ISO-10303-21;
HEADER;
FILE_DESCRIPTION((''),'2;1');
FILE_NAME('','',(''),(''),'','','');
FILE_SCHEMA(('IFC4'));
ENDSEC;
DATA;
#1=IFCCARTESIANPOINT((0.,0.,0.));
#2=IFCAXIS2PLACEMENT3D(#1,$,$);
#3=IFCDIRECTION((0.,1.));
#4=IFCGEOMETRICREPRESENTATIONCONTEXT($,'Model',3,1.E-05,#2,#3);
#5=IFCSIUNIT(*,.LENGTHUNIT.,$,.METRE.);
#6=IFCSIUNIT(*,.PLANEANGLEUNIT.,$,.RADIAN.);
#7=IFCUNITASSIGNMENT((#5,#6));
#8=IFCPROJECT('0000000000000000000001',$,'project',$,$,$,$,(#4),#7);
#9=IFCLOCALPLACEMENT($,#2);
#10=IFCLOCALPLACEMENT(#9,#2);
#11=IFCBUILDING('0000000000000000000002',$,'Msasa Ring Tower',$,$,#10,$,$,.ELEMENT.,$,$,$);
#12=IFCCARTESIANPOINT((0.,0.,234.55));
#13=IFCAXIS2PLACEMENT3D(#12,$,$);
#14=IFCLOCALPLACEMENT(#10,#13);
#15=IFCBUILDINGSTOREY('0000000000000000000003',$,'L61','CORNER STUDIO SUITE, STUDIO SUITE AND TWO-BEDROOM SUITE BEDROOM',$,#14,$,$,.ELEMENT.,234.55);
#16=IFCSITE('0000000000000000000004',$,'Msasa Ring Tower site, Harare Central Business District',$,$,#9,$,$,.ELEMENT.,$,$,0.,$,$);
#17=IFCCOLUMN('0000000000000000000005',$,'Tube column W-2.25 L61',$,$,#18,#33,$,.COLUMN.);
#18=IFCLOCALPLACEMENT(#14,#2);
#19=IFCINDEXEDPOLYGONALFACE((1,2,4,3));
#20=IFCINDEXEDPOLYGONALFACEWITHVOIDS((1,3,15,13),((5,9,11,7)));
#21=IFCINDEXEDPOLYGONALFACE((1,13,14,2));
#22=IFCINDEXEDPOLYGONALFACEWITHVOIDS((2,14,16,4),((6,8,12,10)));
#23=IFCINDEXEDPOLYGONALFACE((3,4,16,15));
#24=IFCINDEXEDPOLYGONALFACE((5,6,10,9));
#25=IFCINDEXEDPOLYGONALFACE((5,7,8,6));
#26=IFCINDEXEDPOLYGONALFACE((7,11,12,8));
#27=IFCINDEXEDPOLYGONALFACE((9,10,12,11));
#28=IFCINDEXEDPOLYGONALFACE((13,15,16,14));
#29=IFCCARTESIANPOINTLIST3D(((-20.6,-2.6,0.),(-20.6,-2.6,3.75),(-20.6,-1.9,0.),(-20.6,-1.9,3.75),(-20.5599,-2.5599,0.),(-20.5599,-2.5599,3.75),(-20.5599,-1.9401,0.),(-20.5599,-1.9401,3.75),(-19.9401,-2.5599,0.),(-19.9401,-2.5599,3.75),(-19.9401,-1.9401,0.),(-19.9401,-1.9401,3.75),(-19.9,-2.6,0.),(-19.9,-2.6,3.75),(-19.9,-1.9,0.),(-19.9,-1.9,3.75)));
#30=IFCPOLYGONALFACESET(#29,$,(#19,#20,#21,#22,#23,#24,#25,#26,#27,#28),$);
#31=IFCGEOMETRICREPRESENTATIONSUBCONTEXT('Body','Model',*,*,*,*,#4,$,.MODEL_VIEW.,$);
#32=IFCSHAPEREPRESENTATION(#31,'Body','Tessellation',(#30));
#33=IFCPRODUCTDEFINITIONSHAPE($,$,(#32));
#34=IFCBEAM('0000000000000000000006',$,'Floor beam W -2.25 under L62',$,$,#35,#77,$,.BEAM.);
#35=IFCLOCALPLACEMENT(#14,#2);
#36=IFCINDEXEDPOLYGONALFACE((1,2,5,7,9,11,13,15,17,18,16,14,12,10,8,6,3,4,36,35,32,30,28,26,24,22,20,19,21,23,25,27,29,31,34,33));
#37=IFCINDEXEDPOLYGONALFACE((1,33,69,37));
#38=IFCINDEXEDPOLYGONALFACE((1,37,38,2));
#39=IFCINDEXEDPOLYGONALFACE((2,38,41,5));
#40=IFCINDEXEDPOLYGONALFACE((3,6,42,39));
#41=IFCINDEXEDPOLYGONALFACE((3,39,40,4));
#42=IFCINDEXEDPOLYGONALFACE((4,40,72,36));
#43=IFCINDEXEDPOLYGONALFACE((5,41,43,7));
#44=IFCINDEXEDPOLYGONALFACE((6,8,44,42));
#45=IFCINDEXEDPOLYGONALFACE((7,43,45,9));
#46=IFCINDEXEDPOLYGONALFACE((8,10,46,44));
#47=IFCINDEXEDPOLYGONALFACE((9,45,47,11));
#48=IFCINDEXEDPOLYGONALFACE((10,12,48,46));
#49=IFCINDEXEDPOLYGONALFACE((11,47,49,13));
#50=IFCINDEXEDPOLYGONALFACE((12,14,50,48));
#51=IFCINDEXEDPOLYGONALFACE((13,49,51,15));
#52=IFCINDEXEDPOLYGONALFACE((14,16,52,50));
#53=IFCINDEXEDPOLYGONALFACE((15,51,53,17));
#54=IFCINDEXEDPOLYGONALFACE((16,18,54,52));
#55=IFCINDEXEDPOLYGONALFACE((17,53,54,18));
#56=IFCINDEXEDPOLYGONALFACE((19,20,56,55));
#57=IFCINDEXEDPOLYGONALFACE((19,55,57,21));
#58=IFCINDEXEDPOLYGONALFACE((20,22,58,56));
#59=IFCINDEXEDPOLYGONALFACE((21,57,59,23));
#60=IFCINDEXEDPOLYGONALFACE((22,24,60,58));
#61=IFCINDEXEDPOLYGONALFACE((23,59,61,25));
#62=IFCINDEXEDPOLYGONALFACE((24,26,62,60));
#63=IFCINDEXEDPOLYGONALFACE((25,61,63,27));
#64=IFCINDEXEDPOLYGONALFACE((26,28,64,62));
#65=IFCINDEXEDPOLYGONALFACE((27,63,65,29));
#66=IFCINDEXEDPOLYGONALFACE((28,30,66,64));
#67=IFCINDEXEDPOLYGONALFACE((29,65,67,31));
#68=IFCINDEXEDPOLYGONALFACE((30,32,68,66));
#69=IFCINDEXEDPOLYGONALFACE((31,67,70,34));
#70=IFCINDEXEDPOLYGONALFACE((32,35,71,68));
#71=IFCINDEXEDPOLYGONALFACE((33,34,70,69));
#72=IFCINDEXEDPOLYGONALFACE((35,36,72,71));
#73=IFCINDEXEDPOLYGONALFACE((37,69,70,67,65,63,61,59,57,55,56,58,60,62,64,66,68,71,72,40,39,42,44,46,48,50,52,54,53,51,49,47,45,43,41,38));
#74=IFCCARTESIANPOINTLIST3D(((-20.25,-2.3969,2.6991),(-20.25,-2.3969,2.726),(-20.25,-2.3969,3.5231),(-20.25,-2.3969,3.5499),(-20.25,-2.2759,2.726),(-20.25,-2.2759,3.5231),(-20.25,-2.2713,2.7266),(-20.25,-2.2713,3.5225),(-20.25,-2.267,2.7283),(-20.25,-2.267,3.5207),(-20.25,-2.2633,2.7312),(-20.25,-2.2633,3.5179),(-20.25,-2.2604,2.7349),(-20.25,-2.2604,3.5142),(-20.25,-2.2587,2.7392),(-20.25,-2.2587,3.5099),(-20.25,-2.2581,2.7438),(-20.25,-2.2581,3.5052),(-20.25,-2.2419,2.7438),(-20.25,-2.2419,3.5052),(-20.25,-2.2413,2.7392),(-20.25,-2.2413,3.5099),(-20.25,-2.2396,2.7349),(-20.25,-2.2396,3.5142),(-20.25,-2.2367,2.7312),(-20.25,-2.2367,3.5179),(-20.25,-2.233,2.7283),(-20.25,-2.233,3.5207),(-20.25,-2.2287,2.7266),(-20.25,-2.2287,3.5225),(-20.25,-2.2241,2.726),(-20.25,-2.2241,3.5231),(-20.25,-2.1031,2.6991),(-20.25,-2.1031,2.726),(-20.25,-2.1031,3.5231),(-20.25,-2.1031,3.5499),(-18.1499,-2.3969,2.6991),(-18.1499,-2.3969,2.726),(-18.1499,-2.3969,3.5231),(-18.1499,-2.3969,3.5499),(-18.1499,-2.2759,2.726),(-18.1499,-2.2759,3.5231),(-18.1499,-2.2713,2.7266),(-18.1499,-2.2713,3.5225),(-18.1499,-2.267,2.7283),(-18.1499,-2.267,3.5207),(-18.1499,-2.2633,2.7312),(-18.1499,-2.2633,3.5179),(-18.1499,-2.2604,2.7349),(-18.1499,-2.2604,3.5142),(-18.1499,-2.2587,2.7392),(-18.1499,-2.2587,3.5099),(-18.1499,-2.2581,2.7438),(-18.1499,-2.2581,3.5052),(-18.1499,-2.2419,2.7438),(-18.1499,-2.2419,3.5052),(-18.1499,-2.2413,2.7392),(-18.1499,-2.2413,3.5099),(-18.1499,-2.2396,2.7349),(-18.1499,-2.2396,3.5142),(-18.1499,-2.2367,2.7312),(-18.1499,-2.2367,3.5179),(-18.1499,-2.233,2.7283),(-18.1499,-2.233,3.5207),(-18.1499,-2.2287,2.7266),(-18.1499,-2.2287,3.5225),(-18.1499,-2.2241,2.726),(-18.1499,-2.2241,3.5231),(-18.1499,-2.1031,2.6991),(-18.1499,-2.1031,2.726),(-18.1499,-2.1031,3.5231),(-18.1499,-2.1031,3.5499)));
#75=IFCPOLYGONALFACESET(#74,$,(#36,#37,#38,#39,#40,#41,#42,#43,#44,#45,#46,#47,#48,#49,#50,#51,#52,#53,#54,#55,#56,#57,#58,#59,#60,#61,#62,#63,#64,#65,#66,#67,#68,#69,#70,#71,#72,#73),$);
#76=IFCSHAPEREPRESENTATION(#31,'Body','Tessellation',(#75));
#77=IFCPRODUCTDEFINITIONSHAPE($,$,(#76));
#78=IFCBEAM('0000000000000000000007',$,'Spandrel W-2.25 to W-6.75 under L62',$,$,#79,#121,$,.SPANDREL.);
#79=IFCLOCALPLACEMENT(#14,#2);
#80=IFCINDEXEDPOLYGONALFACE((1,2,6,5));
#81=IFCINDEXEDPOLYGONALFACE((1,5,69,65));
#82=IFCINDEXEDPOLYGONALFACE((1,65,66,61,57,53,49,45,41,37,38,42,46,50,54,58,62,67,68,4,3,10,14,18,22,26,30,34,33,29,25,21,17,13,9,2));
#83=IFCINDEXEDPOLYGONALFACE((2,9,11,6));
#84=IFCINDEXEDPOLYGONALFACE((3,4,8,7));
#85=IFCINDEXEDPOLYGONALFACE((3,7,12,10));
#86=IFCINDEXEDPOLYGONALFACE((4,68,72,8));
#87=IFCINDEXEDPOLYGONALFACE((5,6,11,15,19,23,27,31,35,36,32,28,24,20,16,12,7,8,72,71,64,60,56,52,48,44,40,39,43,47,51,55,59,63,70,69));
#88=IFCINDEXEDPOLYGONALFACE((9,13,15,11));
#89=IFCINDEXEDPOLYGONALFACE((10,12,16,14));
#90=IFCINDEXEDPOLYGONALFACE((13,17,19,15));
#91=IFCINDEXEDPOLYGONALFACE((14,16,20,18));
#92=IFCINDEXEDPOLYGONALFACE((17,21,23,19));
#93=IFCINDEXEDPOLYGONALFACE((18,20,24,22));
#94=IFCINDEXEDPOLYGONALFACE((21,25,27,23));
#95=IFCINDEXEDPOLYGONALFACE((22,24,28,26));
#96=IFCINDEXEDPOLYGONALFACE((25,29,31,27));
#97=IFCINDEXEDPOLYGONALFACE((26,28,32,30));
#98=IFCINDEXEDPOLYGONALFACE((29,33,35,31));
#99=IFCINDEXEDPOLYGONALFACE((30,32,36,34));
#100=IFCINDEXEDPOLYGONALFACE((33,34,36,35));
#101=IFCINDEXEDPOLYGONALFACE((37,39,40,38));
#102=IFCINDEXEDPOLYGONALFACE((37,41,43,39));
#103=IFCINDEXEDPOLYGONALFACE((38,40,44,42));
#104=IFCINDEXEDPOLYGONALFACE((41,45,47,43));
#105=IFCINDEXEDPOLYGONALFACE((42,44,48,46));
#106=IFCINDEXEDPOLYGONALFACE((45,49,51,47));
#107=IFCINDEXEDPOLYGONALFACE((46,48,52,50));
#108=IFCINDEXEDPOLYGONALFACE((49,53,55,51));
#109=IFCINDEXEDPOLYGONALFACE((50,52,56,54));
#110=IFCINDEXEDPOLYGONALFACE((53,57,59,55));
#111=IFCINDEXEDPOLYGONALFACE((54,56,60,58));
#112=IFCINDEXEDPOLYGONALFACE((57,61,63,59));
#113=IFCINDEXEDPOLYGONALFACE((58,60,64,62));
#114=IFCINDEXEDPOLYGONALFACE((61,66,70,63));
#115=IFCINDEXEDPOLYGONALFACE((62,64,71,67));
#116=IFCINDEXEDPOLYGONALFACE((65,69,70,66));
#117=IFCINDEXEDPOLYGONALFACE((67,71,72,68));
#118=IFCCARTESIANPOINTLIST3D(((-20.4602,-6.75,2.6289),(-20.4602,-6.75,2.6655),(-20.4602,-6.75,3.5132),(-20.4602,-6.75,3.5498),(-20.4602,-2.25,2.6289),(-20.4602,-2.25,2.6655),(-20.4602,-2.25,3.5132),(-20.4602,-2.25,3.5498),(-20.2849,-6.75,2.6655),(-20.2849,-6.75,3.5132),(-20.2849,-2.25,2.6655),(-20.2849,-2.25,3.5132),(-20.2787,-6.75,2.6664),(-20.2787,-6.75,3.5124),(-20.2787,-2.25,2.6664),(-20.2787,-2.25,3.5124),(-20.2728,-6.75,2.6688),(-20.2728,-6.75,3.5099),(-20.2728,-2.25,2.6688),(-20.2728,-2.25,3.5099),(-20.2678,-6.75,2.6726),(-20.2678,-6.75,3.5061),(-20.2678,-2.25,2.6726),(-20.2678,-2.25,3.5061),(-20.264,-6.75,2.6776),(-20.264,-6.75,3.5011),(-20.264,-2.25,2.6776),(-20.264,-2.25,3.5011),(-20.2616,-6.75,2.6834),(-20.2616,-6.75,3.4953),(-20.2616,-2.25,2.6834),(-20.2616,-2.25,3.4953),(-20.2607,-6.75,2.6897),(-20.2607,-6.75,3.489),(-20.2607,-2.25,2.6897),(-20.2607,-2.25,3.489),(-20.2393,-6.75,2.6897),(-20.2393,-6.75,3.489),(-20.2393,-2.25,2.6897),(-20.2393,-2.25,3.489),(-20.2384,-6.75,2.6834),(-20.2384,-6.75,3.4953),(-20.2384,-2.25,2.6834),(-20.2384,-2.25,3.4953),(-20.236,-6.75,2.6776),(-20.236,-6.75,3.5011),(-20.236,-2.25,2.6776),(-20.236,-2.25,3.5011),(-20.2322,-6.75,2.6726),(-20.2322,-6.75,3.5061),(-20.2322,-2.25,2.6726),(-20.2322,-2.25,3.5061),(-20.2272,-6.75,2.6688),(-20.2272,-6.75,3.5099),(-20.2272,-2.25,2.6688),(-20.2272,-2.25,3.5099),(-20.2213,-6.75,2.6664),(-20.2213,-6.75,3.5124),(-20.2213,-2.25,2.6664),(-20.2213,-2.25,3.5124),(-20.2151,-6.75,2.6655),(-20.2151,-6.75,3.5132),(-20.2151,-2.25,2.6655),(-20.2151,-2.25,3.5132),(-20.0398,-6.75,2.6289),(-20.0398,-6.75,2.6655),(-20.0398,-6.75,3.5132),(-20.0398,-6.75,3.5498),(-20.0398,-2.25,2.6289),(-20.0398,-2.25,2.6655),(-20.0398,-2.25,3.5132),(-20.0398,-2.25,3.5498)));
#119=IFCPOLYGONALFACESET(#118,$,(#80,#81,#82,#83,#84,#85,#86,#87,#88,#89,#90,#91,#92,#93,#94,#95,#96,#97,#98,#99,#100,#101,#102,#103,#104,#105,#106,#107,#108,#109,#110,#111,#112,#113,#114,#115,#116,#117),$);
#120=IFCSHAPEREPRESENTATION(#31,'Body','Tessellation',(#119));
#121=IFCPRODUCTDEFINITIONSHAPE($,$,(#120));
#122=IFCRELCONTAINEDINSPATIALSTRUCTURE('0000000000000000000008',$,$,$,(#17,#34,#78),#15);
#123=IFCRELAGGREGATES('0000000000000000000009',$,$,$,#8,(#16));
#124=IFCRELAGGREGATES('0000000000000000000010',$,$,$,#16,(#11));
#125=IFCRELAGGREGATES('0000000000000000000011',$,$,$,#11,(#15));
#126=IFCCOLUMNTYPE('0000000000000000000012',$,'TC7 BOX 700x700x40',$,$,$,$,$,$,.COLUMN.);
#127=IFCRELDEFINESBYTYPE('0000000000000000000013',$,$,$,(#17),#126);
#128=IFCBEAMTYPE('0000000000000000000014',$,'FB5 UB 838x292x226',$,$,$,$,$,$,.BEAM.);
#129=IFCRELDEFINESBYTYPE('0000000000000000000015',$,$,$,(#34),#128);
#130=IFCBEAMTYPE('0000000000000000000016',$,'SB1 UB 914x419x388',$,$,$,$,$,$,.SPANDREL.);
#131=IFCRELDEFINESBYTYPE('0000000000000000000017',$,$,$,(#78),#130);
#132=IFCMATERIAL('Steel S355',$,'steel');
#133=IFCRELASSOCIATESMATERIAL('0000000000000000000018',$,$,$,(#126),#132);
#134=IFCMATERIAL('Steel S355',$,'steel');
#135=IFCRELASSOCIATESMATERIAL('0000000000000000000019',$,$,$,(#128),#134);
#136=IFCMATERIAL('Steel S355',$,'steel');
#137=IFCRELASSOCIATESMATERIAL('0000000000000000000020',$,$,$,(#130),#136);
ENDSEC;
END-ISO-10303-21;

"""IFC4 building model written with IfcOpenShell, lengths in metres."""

from ifc_helpers import new_model, si_unit, direction, frame, origin, origin_2d, place, context, subcontext, project, spatial, hollow_rectangle, i_section, extrude, material, material_profile, profile_set, type_object, element, save


model = new_model("IFC4")

# Units and contexts
model_context = context("Model", 3, precision=1e-05, world=origin(), true_north=direction((0.0, 1.0)))
body_context = subcontext(model_context, "Body", "Model", "MODEL_VIEW")
ifc_project = project(units=[si_unit("LENGTHUNIT", "METRE"), si_unit("PLANEANGLEUNIT", "RADIAN")], contexts=[model_context])

# Site, building, storey
site_placement = place(None, origin())
site = spatial("IfcSite", under=ifc_project, at=site_placement, Name="Msasa Ring Tower site, Harare Central Business District", CompositionType="ELEMENT", RefElevation=0.0)
building_placement = place(site_placement, origin())
building = spatial("IfcBuilding", under=site, at=building_placement, Name="Msasa Ring Tower", CompositionType="ELEMENT")
storey_placement = place(building_placement, frame((0.0, 0.0, 234.55)))
storey = spatial("IfcBuildingStorey", under=building, at=storey_placement, Name="L61", Description="CORNER STUDIO SUITE, STUDIO SUITE AND TWO-BEDROOM SUITE BEDROOM", CompositionType="ELEMENT", Elevation=234.55)

# Column
ifc_material_1 = material(Name="Steel S355", Category="steel")
ifc_material_profile_1 = material_profile(ifc_material_1, hollow_rectangle(XDim=0.7, YDim=0.7, WallThickness=0.04, at=origin_2d()), Name="BOX 700x700x40")
ifc_profile_set_1 = profile_set([ifc_material_profile_1], Name="Steel S355")
column_type = type_object("IfcColumnType", Name="TC7 BOX 700x700x40", PredefinedType="COLUMN", material=ifc_profile_set_1)
column_placement = place(storey_placement, frame((-20.25, -2.25, 0.0), z_axis=(0.0, 0.0, 1.0), x_axis=(1.0, 0.0, 0.0)))
element("IfcColumn", 1, at=column_placement, inside=storey, type_object=column_type, Name="Tube column W-2.25 L61", PredefinedType="COLUMN", context=body_context, shape_type="SweptSolid", body=[
    extrude(hollow_rectangle(XDim=0.7, YDim=0.7, WallThickness=0.04, at=origin_2d()), origin(), (0.0, 0.0, 1.0), 3.75),
])

# Beams
ifc_material_2 = material(Name="Steel S355", Category="steel")
ifc_material_profile_2 = material_profile(ifc_material_2, i_section(OverallWidth=0.2937, OverallDepth=0.8508, WebThickness=0.0161, FlangeThickness=0.0269, FilletRadius=0.0178, at=origin_2d()), Name="UB 838x292x226")
ifc_profile_set_2 = profile_set([ifc_material_profile_2], Name="Steel S355")
beam_type_1 = type_object("IfcBeamType", Name="FB5 UB 838x292x226", PredefinedType="BEAM", material=ifc_profile_set_2)
beam_1_placement = place(storey_placement, frame((-20.25, -2.25, 3.1245), z_axis=(1.0, 0.0, 0.0), x_axis=(0.0, 1.0, 0.0)))
element("IfcBeam", 2, at=beam_1_placement, inside=storey, type_object=beam_type_1, Name="Floor beam W -2.25 under L62", PredefinedType="BEAM", context=body_context, shape_type="SweptSolid", body=[
    extrude(i_section(OverallWidth=0.2937, OverallDepth=0.8508, WebThickness=0.0161, FlangeThickness=0.0269, FilletRadius=0.0178, at=origin_2d()), origin(), (0.0, 0.0, 1.0), 2.1001),
])
ifc_material_3 = material(Name="Steel S355", Category="steel")
ifc_material_profile_3 = material_profile(ifc_material_3, i_section(OverallWidth=0.4204, OverallDepth=0.9209, WebThickness=0.0215, FlangeThickness=0.0366, FilletRadius=0.0242, at=origin_2d()), Name="UB 914x419x388")
ifc_profile_set_3 = profile_set([ifc_material_profile_3], Name="Steel S355")
beam_type_2 = type_object("IfcBeamType", Name="SB1 UB 914x419x388", PredefinedType="SPANDREL", material=ifc_profile_set_3)
beam_2_placement = place(storey_placement, frame((-20.25, -2.25, 3.0894), z_axis=(0.0, -1.0, 0.0), x_axis=(1.0, 0.0, 0.0)))
element("IfcBeam", 3, at=beam_2_placement, inside=storey, type_object=beam_type_2, Name="Spandrel W-2.25 to W-6.75 under L62", PredefinedType="SPANDREL", context=body_context, shape_type="SweptSolid", body=[
    extrude(i_section(OverallWidth=0.4204, OverallDepth=0.9209, WebThickness=0.0215, FlangeThickness=0.0366, FilletRadius=0.0242, at=origin_2d()), origin(), (0.0, 0.0, 1.0), 4.5),
])

save(model, "model.ifc")
